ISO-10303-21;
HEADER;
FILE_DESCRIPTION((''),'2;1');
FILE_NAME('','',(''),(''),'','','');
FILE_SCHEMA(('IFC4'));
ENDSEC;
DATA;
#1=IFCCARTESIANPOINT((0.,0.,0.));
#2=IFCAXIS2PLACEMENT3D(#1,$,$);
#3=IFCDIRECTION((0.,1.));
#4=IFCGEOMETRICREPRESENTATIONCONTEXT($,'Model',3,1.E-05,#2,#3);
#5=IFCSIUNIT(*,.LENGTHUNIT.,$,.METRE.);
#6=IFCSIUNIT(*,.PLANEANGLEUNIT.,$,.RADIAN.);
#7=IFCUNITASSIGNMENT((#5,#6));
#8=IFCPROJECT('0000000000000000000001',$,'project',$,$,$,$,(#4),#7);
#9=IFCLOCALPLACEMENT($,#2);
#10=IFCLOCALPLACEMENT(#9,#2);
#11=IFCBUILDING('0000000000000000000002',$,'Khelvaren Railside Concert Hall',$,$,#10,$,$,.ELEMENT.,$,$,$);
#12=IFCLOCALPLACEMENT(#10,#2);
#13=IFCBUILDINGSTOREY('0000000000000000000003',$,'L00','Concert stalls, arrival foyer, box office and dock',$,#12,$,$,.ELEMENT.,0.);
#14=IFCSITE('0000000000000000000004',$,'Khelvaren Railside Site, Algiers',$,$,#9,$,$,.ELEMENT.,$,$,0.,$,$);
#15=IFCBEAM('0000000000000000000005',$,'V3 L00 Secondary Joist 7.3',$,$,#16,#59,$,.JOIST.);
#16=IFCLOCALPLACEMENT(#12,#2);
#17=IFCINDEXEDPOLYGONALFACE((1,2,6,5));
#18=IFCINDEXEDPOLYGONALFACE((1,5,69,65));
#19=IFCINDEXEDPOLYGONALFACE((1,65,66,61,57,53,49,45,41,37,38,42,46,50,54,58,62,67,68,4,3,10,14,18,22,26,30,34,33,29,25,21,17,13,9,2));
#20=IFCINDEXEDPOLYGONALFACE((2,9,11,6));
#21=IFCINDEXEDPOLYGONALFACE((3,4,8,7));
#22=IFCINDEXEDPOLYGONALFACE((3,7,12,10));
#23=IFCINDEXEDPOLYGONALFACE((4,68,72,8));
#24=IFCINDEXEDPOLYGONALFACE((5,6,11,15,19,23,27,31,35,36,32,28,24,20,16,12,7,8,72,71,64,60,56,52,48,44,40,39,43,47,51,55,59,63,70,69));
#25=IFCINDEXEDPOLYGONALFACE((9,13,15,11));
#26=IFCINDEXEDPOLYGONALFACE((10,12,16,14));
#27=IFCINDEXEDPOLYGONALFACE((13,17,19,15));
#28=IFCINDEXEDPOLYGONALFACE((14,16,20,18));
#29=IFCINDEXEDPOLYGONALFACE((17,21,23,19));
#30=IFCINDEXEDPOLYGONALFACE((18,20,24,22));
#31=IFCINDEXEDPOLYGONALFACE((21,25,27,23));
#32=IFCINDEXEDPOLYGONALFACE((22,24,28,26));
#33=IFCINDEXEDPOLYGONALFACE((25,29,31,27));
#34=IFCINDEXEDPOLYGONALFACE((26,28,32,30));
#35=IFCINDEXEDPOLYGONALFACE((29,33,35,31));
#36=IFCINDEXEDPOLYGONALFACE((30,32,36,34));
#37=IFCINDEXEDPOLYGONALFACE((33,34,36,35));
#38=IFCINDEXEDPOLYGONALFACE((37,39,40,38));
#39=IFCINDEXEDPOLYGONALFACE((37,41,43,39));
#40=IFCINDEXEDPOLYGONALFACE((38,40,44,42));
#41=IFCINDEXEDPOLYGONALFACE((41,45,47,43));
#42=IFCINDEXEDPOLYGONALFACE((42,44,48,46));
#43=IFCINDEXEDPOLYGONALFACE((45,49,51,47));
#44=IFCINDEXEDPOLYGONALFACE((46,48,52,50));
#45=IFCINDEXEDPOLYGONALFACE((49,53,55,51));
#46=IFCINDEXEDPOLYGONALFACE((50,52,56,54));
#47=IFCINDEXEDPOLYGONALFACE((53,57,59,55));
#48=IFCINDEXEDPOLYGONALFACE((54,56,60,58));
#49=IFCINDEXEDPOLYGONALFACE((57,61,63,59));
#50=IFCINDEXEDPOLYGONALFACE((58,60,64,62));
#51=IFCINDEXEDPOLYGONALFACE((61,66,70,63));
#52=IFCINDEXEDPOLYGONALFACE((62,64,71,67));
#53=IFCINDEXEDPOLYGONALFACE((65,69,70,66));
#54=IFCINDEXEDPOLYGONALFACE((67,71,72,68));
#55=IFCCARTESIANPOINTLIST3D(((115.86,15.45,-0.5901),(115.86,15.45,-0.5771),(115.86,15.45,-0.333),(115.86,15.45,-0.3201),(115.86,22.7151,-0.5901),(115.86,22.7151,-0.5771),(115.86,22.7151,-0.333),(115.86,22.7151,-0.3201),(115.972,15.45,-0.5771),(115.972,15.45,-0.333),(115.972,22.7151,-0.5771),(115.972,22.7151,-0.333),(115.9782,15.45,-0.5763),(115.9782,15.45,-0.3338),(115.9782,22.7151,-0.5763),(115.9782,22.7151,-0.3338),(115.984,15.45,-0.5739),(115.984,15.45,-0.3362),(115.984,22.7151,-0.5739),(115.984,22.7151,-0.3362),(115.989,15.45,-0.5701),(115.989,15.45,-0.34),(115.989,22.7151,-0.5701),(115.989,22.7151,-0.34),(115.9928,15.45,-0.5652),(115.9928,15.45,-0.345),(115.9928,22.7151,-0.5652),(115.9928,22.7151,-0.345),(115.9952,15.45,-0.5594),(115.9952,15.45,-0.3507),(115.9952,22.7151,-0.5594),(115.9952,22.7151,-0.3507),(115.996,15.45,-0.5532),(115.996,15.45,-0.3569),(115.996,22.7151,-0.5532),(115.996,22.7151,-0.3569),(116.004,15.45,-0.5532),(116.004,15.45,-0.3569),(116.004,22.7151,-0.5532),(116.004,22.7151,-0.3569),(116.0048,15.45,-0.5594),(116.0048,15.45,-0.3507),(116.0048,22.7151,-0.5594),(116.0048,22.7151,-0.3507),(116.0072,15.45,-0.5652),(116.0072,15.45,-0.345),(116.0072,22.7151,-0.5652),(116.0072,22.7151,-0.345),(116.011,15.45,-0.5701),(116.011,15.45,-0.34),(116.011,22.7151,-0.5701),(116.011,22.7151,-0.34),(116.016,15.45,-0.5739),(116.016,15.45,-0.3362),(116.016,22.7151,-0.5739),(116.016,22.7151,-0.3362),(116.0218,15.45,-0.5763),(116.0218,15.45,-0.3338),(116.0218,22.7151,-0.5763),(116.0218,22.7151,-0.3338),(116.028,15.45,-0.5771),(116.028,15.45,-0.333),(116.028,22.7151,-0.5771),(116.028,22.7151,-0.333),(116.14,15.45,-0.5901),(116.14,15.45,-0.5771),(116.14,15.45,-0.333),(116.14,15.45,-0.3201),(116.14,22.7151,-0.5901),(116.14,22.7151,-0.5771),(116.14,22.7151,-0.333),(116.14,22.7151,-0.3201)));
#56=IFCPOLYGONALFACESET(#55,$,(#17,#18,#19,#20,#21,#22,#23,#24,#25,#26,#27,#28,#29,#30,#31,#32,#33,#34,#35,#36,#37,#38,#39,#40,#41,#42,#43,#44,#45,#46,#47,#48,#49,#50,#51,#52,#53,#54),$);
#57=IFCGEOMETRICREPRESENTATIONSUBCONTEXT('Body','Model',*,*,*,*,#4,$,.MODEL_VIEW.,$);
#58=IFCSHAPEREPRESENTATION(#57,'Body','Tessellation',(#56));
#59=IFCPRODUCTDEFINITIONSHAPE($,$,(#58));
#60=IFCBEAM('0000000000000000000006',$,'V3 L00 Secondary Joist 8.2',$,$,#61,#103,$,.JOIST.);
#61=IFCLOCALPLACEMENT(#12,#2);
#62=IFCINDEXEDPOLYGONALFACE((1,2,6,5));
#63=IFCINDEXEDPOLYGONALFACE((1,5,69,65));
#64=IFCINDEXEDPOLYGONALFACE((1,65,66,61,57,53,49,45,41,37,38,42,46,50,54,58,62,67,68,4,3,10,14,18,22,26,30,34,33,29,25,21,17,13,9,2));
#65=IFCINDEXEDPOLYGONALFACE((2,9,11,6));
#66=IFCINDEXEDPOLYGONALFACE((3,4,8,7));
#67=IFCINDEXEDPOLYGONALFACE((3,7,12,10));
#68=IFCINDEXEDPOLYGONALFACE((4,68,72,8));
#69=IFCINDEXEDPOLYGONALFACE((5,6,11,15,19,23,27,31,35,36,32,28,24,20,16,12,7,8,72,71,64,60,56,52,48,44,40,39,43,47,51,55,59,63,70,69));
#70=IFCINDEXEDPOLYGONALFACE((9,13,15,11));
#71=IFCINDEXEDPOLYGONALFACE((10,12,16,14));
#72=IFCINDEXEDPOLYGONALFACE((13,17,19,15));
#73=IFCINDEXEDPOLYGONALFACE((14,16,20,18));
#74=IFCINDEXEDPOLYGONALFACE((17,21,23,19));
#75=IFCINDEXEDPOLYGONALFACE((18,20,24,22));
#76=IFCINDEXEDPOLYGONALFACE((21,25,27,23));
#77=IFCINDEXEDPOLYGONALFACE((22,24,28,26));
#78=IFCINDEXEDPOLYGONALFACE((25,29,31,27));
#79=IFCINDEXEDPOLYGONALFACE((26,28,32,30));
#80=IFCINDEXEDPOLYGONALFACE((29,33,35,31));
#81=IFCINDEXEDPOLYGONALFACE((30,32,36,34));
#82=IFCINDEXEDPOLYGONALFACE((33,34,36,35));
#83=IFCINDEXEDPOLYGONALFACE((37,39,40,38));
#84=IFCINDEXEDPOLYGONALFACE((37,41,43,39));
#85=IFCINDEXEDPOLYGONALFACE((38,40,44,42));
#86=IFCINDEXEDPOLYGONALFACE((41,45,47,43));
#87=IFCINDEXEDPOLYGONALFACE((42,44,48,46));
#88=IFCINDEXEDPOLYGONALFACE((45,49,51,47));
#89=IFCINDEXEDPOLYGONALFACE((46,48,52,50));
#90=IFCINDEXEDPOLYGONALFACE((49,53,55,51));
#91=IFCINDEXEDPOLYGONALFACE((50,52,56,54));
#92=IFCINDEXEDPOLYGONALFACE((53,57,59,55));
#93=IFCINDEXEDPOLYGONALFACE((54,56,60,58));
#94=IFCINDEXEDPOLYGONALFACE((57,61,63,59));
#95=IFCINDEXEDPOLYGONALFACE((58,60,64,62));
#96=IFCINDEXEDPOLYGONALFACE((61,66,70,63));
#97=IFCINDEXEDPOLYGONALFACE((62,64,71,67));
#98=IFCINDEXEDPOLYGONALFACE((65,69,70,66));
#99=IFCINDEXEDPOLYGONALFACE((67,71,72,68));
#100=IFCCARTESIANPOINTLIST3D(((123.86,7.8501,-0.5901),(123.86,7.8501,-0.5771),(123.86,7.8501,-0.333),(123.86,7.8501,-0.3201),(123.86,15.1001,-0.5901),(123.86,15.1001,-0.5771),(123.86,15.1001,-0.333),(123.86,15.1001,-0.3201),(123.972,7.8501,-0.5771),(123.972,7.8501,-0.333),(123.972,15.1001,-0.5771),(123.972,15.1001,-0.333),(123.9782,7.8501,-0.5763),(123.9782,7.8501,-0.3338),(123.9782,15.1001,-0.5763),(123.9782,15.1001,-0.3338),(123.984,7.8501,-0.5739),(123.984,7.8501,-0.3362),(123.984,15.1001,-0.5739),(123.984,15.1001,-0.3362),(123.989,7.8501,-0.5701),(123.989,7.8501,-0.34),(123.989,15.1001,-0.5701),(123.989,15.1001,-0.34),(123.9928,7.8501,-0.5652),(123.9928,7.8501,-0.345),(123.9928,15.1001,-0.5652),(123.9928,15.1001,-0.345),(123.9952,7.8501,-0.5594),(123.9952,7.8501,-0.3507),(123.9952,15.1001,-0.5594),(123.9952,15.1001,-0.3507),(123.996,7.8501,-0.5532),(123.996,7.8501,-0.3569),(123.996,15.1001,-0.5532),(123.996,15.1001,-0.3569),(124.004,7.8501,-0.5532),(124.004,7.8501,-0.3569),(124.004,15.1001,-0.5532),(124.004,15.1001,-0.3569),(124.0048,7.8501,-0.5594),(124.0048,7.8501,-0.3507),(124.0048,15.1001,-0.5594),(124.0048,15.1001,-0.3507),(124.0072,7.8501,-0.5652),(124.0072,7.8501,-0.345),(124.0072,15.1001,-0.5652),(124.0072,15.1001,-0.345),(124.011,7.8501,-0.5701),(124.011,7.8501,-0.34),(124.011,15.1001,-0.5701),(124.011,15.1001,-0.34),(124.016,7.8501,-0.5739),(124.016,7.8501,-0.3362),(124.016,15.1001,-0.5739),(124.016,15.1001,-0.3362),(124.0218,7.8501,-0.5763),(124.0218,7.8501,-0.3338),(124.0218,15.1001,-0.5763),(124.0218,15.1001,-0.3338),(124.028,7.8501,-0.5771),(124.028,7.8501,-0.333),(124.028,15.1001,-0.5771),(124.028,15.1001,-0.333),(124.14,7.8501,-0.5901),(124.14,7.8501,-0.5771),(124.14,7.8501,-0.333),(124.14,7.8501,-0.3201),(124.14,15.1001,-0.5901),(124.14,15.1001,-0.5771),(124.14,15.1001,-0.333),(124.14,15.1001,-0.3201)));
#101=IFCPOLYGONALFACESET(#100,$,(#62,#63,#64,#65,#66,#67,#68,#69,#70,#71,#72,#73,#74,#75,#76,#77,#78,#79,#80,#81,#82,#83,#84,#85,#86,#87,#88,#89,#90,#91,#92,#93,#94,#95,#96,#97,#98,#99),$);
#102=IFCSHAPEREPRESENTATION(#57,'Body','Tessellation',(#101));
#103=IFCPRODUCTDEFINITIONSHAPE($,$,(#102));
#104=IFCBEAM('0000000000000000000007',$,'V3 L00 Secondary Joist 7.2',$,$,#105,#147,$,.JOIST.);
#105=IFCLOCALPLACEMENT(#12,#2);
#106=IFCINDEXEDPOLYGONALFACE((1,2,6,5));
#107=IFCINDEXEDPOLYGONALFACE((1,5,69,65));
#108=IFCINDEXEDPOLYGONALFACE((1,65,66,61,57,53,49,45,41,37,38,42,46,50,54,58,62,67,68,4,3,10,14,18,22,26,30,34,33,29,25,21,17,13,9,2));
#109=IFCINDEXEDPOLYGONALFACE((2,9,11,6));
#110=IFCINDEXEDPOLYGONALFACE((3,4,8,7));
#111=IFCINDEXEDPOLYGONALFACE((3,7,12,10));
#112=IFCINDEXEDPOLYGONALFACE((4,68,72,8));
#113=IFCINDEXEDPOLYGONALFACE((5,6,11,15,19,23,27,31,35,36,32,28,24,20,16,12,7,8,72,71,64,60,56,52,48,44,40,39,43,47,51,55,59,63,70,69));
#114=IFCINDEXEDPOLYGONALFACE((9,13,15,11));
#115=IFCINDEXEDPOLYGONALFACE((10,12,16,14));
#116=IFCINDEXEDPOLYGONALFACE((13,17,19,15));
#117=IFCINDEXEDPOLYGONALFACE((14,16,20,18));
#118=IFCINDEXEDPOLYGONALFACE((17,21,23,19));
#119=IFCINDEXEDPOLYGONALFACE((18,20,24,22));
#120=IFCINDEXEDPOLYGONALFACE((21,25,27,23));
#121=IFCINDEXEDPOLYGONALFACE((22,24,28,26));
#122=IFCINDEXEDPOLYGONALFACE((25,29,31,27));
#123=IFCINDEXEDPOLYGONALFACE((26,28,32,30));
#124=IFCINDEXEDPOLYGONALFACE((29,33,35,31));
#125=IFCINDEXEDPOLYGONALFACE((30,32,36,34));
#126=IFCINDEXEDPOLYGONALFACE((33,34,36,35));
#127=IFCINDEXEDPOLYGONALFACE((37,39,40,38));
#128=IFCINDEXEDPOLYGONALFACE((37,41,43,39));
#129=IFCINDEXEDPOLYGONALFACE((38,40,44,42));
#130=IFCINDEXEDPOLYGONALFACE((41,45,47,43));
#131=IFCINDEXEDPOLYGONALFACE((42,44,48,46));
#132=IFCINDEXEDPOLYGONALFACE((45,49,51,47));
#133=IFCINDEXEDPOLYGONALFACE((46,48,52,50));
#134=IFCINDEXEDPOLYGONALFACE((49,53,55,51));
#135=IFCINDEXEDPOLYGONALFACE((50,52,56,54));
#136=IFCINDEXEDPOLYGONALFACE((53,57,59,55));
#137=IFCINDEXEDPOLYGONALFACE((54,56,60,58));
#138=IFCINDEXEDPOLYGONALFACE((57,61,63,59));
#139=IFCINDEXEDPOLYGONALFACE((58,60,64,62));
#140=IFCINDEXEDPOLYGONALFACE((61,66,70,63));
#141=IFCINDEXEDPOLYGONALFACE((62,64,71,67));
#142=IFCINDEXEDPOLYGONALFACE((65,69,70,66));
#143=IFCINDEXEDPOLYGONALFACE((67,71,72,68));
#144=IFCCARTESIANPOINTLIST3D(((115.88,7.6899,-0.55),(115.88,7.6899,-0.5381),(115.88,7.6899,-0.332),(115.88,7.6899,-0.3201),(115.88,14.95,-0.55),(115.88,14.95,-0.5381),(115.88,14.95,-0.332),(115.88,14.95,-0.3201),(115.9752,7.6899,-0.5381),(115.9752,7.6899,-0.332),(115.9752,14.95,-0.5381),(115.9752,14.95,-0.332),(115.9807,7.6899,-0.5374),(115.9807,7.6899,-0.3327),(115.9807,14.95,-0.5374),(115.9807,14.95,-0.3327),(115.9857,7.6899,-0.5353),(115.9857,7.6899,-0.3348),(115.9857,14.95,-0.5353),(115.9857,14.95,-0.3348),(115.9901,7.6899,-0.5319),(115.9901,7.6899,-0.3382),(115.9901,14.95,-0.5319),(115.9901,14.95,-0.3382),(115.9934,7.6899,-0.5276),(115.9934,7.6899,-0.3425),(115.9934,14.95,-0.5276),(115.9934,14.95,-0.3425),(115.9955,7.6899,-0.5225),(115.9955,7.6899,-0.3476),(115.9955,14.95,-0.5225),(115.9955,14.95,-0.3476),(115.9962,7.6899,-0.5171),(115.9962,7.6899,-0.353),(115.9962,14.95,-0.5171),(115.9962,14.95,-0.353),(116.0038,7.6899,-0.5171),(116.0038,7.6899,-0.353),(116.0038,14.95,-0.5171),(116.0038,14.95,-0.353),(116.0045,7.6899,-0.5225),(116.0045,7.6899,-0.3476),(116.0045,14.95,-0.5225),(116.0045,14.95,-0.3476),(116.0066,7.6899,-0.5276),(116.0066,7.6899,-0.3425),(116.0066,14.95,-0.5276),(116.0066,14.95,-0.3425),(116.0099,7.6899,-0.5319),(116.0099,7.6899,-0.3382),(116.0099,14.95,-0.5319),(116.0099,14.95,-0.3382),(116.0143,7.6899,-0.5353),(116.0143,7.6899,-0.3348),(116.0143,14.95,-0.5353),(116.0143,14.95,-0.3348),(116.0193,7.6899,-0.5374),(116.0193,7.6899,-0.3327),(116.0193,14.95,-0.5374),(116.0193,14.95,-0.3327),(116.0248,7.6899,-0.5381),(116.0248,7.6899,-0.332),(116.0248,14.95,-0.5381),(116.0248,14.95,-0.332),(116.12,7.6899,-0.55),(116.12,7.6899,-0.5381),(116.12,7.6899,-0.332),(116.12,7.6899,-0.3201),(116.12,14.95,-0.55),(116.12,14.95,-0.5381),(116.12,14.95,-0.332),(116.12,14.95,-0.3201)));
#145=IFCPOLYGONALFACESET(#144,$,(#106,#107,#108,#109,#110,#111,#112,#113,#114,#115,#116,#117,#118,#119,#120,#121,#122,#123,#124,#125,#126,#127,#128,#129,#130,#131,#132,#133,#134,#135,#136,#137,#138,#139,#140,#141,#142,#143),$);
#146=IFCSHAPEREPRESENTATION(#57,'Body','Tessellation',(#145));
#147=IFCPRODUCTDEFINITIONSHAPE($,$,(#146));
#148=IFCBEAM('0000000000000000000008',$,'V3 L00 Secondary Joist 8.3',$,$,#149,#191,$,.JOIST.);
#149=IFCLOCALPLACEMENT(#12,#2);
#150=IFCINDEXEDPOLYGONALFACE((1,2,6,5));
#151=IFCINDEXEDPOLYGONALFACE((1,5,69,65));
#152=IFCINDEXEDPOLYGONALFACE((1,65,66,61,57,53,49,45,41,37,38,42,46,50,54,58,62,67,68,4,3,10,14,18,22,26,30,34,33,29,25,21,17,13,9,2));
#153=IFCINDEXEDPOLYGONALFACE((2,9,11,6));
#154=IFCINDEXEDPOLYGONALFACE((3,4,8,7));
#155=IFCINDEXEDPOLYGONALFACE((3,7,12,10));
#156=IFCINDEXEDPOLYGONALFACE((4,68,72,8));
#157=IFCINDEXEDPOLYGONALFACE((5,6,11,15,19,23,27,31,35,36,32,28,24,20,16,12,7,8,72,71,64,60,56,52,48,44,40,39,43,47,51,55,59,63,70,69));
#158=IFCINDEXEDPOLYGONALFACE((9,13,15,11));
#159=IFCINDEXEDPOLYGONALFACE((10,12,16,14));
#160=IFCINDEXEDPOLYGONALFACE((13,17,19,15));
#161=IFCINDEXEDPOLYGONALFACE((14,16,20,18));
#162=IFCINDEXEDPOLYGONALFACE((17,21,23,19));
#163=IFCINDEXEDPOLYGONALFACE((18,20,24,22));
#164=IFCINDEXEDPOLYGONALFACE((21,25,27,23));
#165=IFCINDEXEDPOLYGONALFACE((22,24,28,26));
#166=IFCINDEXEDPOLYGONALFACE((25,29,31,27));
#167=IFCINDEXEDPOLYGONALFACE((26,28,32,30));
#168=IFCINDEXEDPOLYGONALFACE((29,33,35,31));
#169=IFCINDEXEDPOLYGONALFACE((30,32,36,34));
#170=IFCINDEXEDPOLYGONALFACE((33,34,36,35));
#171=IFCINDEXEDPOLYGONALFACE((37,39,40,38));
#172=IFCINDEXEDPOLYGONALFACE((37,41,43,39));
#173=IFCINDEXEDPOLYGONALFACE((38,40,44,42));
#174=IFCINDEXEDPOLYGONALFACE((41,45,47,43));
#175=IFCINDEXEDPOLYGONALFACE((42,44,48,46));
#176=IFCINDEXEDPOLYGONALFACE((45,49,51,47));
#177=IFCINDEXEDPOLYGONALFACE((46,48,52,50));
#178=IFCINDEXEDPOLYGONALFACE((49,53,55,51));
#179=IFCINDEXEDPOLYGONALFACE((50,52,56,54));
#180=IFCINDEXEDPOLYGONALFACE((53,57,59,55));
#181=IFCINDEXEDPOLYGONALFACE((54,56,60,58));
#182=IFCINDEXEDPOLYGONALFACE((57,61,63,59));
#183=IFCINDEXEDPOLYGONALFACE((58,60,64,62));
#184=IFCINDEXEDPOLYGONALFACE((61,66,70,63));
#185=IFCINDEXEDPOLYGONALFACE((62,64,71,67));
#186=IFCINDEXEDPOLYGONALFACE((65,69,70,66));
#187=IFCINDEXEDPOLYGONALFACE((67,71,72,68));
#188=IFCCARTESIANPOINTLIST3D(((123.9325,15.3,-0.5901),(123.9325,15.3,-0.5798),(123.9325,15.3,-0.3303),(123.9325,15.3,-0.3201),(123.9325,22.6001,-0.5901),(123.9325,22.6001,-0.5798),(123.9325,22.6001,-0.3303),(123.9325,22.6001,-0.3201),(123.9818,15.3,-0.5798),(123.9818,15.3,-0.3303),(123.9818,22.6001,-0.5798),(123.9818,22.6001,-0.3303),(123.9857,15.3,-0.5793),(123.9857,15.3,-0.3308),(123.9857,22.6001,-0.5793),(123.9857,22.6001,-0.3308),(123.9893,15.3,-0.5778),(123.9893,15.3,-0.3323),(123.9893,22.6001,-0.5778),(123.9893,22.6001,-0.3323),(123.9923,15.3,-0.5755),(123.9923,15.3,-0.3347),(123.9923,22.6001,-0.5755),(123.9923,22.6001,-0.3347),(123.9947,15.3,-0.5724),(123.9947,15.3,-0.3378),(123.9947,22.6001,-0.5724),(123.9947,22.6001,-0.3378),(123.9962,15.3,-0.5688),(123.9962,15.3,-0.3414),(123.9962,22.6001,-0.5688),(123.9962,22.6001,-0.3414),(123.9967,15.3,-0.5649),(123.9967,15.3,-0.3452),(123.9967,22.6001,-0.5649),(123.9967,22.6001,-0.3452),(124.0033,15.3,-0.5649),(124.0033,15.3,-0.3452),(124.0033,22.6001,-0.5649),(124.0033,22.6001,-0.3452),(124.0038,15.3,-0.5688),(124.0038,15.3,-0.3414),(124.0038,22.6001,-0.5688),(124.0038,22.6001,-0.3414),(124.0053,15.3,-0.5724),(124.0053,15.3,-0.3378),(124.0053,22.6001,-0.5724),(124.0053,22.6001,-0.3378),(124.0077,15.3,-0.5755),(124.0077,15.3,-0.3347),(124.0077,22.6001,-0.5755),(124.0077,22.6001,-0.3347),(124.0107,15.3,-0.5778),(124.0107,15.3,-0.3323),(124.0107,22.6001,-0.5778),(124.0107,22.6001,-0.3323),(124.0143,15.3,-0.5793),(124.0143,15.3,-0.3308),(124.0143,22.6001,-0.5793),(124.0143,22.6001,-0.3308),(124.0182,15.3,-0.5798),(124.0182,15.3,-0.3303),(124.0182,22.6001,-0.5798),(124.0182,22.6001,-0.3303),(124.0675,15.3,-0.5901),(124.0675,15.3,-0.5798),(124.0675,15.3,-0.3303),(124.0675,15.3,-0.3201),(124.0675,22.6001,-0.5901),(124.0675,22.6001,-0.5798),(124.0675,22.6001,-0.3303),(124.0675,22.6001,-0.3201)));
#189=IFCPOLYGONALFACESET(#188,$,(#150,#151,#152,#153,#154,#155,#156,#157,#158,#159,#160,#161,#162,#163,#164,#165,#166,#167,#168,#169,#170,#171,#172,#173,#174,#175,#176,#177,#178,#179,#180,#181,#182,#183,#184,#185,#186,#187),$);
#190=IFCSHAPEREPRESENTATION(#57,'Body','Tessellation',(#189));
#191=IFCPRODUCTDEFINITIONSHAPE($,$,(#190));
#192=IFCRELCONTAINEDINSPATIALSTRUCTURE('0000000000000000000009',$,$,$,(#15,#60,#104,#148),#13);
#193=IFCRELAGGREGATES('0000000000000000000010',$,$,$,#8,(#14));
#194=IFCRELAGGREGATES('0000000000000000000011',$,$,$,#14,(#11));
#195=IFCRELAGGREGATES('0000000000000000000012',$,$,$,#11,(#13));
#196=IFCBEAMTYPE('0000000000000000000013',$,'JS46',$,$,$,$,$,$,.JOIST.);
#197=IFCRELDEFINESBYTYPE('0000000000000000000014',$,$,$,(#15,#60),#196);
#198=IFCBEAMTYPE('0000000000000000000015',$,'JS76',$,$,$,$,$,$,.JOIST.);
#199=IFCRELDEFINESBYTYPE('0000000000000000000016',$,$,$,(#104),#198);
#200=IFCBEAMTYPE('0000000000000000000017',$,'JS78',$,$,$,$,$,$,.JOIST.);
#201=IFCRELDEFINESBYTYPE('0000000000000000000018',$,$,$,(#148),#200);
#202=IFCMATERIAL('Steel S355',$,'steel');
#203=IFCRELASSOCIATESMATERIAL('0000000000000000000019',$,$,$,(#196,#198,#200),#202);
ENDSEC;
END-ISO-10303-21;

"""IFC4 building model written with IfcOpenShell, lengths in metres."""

from ifc_helpers import new_model, si_unit, direction, frame, origin, origin_2d, place, context, subcontext, project, spatial, i_section, extrude, material, material_profile, profile_set, type_object, element, save


model = new_model("IFC4")

# Units and contexts
model_context = context("Model", 3, precision=1e-05, world=origin(), true_north=direction((0.0, 1.0)))
body_context = subcontext(model_context, "Body", "Model", "MODEL_VIEW")
ifc_project = project(units=[si_unit("LENGTHUNIT", "METRE"), si_unit("PLANEANGLEUNIT", "RADIAN")], contexts=[model_context])

# Site, building, storey
site_placement = place(None, origin())
site = spatial("IfcSite", under=ifc_project, at=site_placement, Name="Khelvaren Railside Site, Algiers", CompositionType="ELEMENT", RefElevation=0.0)
building_placement = place(site_placement, origin())
building = spatial("IfcBuilding", under=site, at=building_placement, Name="Khelvaren Railside Concert Hall", CompositionType="ELEMENT")
storey_placement = place(building_placement, origin())
storey = spatial("IfcBuildingStorey", under=building, at=storey_placement, Name="L00", Description="Concert stalls, arrival foyer, box office and dock", CompositionType="ELEMENT", Elevation=0.0)

# Shared definitions
ifc_material_1 = material(Name="Steel S355", Category="steel")

# Beams
ifc_material_profile_1 = material_profile(ifc_material_1, i_section(OverallWidth=0.28, OverallDepth=0.27, WebThickness=0.0081, FlangeThickness=0.0129, FilletRadius=0.0239, at=origin_2d()), Name="HEA 280")
ifc_profile_set_1 = profile_set([ifc_material_profile_1], Name="Steel S355")
beam_type_1 = type_object("IfcBeamType", Name="JS46", PredefinedType="JOIST", material=ifc_profile_set_1)
beam_1_placement = place(storey_placement, frame((116.0, 15.45, -0.4551), z_axis=(0.0, 1.0, 0.0), x_axis=(-1.0, 0.0, 0.0)))
element("IfcBeam", 1, at=beam_1_placement, inside=storey, type_object=beam_type_1, Name="V3 L00 Secondary Joist 7.3", PredefinedType="JOIST", context=body_context, shape_type="SweptSolid", body=[
    extrude(i_section(OverallWidth=0.28, OverallDepth=0.27, WebThickness=0.0081, FlangeThickness=0.0129, FilletRadius=0.0239, at=origin_2d()), origin(), (0.0, 0.0, 1.0), 7.2651),
])
beam_2_placement = place(storey_placement, frame((124.0, 7.8501, -0.4551), z_axis=(0.0, 1.0, 0.0), x_axis=(-1.0, 0.0, 0.0)))
element("IfcBeam", 2, at=beam_2_placement, inside=storey, type_object=beam_type_1, Name="V3 L00 Secondary Joist 8.2", PredefinedType="JOIST", context=body_context, shape_type="SweptSolid", body=[
    extrude(i_section(OverallWidth=0.28, OverallDepth=0.27, WebThickness=0.0081, FlangeThickness=0.0129, FilletRadius=0.0239, at=origin_2d()), origin(), (0.0, 0.0, 1.0), 7.25),
])
ifc_material_profile_2 = material_profile(ifc_material_1, i_section(OverallWidth=0.24, OverallDepth=0.23, WebThickness=0.0076, FlangeThickness=0.012, FilletRadius=0.021, at=origin_2d()), Name="HEA 240")
ifc_profile_set_2 = profile_set([ifc_material_profile_2], Name="Steel S355")
beam_type_2 = type_object("IfcBeamType", Name="JS76", PredefinedType="JOIST", material=ifc_profile_set_2)
beam_3_placement = place(storey_placement, frame((116.0, 7.6899, -0.4351), z_axis=(0.0, 1.0, 0.0), x_axis=(-1.0, 0.0, 0.0)))
element("IfcBeam", 3, at=beam_3_placement, inside=storey, type_object=beam_type_2, Name="V3 L00 Secondary Joist 7.2", PredefinedType="JOIST", context=body_context, shape_type="SweptSolid", body=[
    extrude(i_section(OverallWidth=0.24, OverallDepth=0.23, WebThickness=0.0076, FlangeThickness=0.012, FilletRadius=0.021, at=origin_2d()), origin(), (0.0, 0.0, 1.0), 7.26),
])
ifc_material_profile_3 = material_profile(ifc_material_1, i_section(OverallWidth=0.135, OverallDepth=0.27, WebThickness=0.0066, FlangeThickness=0.0103, FilletRadius=0.0149, at=origin_2d()), Name="IPE 270")
ifc_profile_set_3 = profile_set([ifc_material_profile_3], Name="Steel S355")
beam_type_3 = type_object("IfcBeamType", Name="JS78", PredefinedType="JOIST", material=ifc_profile_set_3)
beam_4_placement = place(storey_placement, frame((124.0, 15.3, -0.4551), z_axis=(0.0, 1.0, 0.0), x_axis=(-1.0, 0.0, 0.0)))
element("IfcBeam", 4, at=beam_4_placement, inside=storey, type_object=beam_type_3, Name="V3 L00 Secondary Joist 8.3", PredefinedType="JOIST", context=body_context, shape_type="SweptSolid", body=[
    extrude(i_section(OverallWidth=0.135, OverallDepth=0.27, WebThickness=0.0066, FlangeThickness=0.0103, FilletRadius=0.0149, at=origin_2d()), origin(), (0.0, 0.0, 1.0), 7.3),
])

save(model, "model.ifc")
